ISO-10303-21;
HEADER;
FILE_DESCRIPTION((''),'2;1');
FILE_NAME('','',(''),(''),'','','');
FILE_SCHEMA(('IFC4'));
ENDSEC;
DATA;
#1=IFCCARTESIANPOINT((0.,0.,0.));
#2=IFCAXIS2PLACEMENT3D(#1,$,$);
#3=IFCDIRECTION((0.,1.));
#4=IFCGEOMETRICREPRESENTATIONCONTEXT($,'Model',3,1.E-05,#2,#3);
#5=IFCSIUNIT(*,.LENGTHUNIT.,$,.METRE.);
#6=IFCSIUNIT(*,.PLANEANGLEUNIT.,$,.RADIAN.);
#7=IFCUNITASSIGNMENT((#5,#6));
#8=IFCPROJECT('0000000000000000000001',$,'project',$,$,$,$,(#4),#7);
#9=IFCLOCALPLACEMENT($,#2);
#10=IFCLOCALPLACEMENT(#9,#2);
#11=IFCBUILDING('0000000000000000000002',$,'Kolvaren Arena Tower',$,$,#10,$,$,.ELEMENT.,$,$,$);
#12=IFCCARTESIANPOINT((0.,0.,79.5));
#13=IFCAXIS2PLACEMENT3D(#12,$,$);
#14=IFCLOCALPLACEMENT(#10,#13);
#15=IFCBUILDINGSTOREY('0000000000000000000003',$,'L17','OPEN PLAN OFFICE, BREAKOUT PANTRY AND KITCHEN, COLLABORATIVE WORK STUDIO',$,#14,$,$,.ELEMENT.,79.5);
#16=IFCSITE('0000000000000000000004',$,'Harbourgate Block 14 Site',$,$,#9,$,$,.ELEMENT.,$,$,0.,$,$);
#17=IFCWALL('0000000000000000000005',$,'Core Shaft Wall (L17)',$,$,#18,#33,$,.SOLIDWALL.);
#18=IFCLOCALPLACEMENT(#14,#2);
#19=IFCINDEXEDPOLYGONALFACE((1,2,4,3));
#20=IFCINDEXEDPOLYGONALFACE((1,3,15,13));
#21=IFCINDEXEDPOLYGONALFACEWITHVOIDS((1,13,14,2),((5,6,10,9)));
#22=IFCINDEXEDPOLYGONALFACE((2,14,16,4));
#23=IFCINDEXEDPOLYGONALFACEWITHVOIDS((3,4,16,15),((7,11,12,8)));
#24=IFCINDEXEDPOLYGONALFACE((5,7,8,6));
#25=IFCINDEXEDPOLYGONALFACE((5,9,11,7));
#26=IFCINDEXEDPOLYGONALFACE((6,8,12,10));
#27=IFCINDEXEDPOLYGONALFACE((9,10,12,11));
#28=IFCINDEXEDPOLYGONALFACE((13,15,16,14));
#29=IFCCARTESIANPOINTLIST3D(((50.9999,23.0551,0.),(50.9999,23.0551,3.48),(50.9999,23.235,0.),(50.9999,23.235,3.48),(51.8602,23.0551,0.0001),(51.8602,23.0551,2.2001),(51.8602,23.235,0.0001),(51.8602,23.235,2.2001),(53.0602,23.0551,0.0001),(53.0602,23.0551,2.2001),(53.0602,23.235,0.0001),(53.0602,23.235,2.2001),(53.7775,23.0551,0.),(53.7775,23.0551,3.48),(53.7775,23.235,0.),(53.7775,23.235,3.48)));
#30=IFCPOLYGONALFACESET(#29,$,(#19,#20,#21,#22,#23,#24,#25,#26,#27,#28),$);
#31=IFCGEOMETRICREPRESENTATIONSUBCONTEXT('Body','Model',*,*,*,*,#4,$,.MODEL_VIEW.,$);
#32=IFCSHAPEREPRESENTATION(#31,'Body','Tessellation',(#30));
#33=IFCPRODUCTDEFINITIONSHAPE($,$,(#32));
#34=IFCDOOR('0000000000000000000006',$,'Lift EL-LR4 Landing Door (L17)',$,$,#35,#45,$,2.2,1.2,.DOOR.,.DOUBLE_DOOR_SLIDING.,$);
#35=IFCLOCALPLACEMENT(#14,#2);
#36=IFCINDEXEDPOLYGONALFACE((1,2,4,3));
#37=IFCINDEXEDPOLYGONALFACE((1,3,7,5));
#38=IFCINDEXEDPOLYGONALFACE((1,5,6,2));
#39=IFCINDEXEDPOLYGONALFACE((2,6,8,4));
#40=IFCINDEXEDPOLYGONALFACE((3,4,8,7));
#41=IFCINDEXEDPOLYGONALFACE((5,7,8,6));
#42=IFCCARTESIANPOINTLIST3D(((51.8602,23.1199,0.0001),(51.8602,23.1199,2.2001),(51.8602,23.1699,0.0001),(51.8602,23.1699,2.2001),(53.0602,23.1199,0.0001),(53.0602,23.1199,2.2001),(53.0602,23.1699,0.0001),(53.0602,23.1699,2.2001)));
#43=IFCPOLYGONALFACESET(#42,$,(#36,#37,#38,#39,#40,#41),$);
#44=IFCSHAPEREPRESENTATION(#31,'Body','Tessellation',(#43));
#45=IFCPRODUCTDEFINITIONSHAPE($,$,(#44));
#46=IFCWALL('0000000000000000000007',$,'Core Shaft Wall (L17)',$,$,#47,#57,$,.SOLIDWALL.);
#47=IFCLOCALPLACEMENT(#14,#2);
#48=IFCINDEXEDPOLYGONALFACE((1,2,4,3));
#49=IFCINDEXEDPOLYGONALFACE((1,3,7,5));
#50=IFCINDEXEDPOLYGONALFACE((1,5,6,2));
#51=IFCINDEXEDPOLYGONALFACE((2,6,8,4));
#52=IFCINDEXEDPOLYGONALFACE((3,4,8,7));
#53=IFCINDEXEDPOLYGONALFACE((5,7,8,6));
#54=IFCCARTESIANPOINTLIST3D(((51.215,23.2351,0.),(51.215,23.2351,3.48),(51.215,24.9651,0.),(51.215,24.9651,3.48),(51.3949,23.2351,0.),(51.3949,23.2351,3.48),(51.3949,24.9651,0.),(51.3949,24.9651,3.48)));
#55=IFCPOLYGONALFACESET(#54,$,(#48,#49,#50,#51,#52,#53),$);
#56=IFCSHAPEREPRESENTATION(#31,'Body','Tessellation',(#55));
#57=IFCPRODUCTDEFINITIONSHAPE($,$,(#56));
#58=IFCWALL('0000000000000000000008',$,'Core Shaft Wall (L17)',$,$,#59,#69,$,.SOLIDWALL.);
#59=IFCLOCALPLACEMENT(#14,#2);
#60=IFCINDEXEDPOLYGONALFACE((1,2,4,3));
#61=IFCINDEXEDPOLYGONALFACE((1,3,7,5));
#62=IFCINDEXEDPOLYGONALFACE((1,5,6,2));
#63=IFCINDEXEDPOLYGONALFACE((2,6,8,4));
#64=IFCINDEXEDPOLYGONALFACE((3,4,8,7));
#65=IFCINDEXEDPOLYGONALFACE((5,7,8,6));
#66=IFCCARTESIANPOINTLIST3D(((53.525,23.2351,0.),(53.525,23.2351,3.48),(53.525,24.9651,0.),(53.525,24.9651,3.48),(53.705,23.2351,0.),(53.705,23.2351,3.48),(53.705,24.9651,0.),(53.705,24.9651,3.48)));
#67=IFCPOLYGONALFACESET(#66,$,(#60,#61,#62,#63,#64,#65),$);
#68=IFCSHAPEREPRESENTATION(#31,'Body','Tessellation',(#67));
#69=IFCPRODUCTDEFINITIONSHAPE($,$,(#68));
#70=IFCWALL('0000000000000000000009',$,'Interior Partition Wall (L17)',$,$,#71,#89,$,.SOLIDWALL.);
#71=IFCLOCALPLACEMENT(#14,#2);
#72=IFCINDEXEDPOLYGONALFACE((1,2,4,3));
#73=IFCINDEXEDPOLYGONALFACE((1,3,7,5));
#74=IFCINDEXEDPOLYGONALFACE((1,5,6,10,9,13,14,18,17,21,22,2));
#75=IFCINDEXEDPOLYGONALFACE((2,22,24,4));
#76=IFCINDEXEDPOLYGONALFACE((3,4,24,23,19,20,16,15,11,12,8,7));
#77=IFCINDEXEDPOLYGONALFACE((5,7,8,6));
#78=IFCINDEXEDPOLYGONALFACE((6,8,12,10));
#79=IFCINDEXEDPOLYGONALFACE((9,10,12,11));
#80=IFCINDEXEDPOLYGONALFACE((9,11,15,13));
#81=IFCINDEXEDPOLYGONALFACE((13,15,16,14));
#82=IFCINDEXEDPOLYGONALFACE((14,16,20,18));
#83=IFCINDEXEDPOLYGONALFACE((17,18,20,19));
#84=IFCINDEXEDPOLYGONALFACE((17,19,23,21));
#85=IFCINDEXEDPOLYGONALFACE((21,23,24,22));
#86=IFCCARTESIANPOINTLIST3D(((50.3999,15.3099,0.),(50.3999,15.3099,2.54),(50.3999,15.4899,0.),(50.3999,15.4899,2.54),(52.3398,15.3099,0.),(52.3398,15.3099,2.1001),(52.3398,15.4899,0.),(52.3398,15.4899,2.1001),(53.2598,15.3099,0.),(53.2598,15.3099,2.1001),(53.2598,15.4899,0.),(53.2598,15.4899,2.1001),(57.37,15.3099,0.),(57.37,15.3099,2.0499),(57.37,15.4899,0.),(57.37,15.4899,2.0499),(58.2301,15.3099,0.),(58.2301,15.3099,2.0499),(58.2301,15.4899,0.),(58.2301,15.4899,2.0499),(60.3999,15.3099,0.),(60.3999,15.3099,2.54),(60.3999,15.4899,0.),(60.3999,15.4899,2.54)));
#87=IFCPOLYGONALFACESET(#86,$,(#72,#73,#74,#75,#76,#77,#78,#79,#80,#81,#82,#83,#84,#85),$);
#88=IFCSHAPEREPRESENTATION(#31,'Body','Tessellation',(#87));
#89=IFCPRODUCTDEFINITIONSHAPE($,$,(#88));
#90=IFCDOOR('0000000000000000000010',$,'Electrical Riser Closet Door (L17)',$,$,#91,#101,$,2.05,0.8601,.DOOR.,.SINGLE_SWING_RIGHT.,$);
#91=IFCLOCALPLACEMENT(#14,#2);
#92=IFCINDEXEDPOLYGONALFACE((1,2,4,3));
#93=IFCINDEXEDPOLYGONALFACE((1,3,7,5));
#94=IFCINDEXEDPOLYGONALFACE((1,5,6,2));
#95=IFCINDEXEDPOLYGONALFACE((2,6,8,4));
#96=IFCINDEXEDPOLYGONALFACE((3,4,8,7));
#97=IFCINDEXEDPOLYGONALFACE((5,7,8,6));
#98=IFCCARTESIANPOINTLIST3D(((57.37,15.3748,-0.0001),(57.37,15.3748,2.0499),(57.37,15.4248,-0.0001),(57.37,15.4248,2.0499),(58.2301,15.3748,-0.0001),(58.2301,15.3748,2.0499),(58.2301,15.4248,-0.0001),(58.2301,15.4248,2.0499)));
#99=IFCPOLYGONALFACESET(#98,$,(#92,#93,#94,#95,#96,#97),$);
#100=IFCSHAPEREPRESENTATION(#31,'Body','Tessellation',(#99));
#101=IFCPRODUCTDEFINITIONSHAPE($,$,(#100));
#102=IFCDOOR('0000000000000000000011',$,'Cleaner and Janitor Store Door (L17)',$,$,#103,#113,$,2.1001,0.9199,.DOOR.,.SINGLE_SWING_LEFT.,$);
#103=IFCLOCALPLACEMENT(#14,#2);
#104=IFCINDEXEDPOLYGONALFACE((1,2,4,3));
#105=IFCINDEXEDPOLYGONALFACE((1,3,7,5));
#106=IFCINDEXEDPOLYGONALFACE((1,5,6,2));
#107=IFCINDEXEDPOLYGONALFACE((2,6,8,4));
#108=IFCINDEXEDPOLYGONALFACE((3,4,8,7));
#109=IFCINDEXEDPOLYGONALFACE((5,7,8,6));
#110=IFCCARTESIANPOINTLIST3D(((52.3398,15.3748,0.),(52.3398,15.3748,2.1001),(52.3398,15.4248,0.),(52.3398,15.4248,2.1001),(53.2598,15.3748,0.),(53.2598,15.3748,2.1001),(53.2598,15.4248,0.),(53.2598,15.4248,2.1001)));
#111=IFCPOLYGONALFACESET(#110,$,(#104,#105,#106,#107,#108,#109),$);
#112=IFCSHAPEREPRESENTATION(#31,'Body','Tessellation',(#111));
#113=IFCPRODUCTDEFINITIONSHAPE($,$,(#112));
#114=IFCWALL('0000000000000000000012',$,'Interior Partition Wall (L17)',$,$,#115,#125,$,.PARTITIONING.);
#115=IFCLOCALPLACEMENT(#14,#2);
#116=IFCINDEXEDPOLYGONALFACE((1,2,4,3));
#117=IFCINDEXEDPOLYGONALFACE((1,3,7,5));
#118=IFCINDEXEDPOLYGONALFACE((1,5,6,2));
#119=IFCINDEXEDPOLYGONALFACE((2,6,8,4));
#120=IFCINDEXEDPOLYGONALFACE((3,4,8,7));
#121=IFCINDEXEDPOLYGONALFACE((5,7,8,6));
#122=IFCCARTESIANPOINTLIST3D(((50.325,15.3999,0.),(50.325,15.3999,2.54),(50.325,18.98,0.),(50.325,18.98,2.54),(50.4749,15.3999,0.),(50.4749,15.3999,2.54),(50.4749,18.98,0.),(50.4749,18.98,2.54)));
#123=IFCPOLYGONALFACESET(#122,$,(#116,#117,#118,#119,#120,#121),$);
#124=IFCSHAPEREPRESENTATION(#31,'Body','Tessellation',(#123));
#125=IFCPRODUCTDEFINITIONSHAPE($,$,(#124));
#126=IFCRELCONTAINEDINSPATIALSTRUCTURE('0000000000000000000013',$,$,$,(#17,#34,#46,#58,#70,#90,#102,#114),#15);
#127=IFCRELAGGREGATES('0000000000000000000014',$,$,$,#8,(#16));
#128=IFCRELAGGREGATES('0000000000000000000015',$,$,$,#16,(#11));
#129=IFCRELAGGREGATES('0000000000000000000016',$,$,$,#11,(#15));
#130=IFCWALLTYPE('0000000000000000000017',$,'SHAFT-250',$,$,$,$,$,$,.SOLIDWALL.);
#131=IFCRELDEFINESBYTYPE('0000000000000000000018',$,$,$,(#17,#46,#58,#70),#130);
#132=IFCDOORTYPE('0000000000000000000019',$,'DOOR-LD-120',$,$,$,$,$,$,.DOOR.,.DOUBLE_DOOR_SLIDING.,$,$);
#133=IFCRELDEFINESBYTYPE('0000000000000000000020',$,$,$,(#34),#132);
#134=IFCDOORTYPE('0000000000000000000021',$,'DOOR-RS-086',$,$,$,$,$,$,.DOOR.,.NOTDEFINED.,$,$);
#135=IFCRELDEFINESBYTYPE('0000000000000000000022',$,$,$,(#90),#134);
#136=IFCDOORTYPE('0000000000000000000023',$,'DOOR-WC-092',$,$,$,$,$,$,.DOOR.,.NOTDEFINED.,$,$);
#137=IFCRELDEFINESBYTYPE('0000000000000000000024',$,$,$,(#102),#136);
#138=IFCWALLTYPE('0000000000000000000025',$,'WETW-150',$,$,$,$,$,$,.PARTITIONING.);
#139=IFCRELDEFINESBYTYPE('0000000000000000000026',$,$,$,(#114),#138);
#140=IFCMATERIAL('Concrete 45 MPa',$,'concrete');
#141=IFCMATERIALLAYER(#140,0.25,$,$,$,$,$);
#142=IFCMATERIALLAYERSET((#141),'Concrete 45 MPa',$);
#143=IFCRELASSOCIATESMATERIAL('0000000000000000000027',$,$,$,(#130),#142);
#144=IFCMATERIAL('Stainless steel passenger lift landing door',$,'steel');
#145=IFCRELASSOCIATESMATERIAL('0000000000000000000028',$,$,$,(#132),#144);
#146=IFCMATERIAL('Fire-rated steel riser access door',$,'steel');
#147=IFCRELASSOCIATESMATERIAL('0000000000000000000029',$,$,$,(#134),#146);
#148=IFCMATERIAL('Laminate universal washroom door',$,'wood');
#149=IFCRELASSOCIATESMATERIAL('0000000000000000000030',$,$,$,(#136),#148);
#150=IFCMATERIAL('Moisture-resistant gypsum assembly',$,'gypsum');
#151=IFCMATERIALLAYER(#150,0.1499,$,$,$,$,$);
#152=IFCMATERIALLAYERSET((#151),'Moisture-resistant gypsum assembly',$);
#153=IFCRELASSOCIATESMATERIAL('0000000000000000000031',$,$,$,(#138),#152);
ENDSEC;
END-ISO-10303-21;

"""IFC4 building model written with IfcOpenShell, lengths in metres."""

from ifc_helpers import new_model, si_unit, direction, frame, frame_2d, origin, place, context, subcontext, project, spatial, rectangle, extrude, material, layer, layer_set, type_object, element, fill, save


model = new_model("IFC4")

# Units and contexts
model_context = context("Model", 3, precision=1e-05, world=origin(), true_north=direction((0.0, 1.0)))
body_context = subcontext(model_context, "Body", "Model", "MODEL_VIEW")
ifc_project = project(units=[si_unit("LENGTHUNIT", "METRE"), si_unit("PLANEANGLEUNIT", "RADIAN")], contexts=[model_context])

# Site, building, storey
site_placement = place(None, origin())
site = spatial("IfcSite", under=ifc_project, at=site_placement, Name="Harbourgate Block 14 Site", CompositionType="ELEMENT", RefElevation=0.0)
building_placement = place(site_placement, origin())
building = spatial("IfcBuilding", under=site, at=building_placement, Name="Kolvaren Arena Tower", CompositionType="ELEMENT")
storey_placement = place(building_placement, frame((0.0, 0.0, 79.5)))
storey = spatial("IfcBuildingStorey", under=building, at=storey_placement, Name="L17", Description="OPEN PLAN OFFICE, BREAKOUT PANTRY AND KITCHEN, COLLABORATIVE WORK STUDIO", CompositionType="ELEMENT", Elevation=79.5)

# Shared definitions
ifc_material_1 = material(Name="Concrete 45 MPa", Category="concrete")
ifc_layer_1 = layer(ifc_material_1, 0.25)
ifc_layer_set_1 = layer_set([ifc_layer_1], Name="Concrete 45 MPa")
wall_type_1 = type_object("IfcWallType", Name="SHAFT-250", PredefinedType="SOLIDWALL", material=ifc_layer_set_1)
ifc_material_2 = material(Name="Stainless steel passenger lift landing door", Category="steel")
door_type_1 = type_object("IfcDoorType", Name="DOOR-LD-120", OperationType="DOUBLE_DOOR_SLIDING", PredefinedType="DOOR", material=ifc_material_2)

# Wall, opening, door
wall_1_placement = place(storey_placement, frame((51.0, 23.145, 0.0), z_axis=(0.0, 0.0, 1.0), x_axis=(1.0, 0.0, 0.0)))
wall_1 = element("IfcWall", 1, at=wall_1_placement, inside=storey, type_object=wall_type_1, Name="Core Shaft Wall (L17)", PredefinedType="SOLIDWALL", context=body_context, shape_type="SweptSolid", body=[
    extrude(rectangle(XDim=2.7776, YDim=0.1799, at=frame_2d((1.3887, 0.0))), origin(), (0.0, 0.0, 1.0), 3.48),
])
opening_1_placement = place(wall_1_placement, frame((0.8601, 0.0, 0.0)))
opening_1 = element("IfcOpeningElement", 2, at=opening_1_placement, cuts=wall_1, PredefinedType="OPENING", context=body_context, shape_type="SweptSolid", body=[
    extrude(rectangle(XDim=1.2, YDim=2.2, at=frame_2d((0.6001, 1.1001))), frame((0.0, 0.0999, 0.0), z_axis=(0.0, -1.0, 0.0), x_axis=(1.0, 0.0, 0.0)), (0.0, 0.0, 1.0), 0.2),
])
door_1_placement = place(opening_1_placement, origin())
door_1 = element("IfcDoor", 3, at=door_1_placement, inside=storey, type_object=door_type_1, Name="Lift EL-LR4 Landing Door (L17)", OperationType="DOUBLE_DOOR_SLIDING", OverallHeight=2.2, OverallWidth=1.2, PredefinedType="DOOR", context=body_context, shape_type="SweptSolid", body=[
    extrude(rectangle(XDim=1.2, YDim=2.2, at=frame_2d((0.6001, 1.1001))), frame((0.0, 0.0249, 0.0), z_axis=(0.0, -1.0, 0.0), x_axis=(1.0, 0.0, 0.0)), (0.0, 0.0, 1.0), 0.05),
])
fill(opening_1, door_1)

# Walls
for number, where, z_axis, x_axis, name in (
    (4, (51.3049, 23.2351, 0.0), (0.0, 0.0, 1.0), (0.0, 1.0, 0.0), "Core Shaft Wall (L17)"),
    (5, (53.615, 23.2351, 0.0), (0.0, 0.0, 1.0), (0.0, 1.0, 0.0), "Core Shaft Wall (L17)"),
):
    element("IfcWall", number, at=place(storey_placement, frame(where, z_axis=z_axis, x_axis=x_axis)), inside=storey, type_object=wall_type_1, Name=name, PredefinedType="SOLIDWALL", context=body_context, shape_type="SweptSolid", body=[
        extrude(rectangle(XDim=1.73, YDim=0.1799, at=frame_2d((0.865, 0.0))), origin(), (0.0, 0.0, 1.0), 3.48),
    ])

# Wall, openings, doors
wall_2_placement = place(storey_placement, frame((50.3999, 15.3999, 0.0), z_axis=(0.0, 0.0, 1.0), x_axis=(1.0, 0.0, 0.0)))
wall_2 = element("IfcWall", 6, at=wall_2_placement, inside=storey, type_object=wall_type_1, Name="Interior Partition Wall (L17)", PredefinedType="SOLIDWALL", context=body_context, shape_type="SweptSolid", body=[
    extrude(rectangle(XDim=10.0, YDim=0.1799, at=frame_2d((5.0, 0.0))), origin(), (0.0, 0.0, 1.0), 2.54),
])
opening_2_placement = place(wall_2_placement, frame((1.9399, 0.0, 0.0)))
opening_2 = element("IfcOpeningElement", 7, at=opening_2_placement, cuts=wall_2, PredefinedType="OPENING", context=body_context, shape_type="SweptSolid", body=[
    extrude(rectangle(XDim=0.9199, YDim=2.1001, at=frame_2d((0.46, 1.05))), frame((0.0, 0.0999, 0.0), z_axis=(0.0, -1.0, 0.0), x_axis=(1.0, 0.0, 0.0)), (0.0, 0.0, 1.0), 0.2),
])
opening_3_placement = place(wall_2_placement, frame((6.97, 0.0, 0.0)))
opening_3 = element("IfcOpeningElement", 8, at=opening_3_placement, cuts=wall_2, PredefinedType="OPENING", context=body_context, shape_type="SweptSolid", body=[
    extrude(rectangle(XDim=0.8601, YDim=2.05, at=frame_2d((0.4302, 1.0249))), frame((0.0, 0.0999, 0.0), z_axis=(0.0, -1.0, 0.0), x_axis=(1.0, 0.0, 0.0)), (0.0, 0.0, 1.0), 0.2),
])
ifc_material_3 = material(Name="Fire-rated steel riser access door", Category="steel")
door_type_2 = type_object("IfcDoorType", Name="DOOR-RS-086", OperationType="NOTDEFINED", PredefinedType="DOOR", material=ifc_material_3)
door_2_placement = place(opening_3_placement, origin())
door_2 = element("IfcDoor", 9, at=door_2_placement, inside=storey, type_object=door_type_2, Name="Electrical Riser Closet Door (L17)", OperationType="SINGLE_SWING_RIGHT", OverallHeight=2.05, OverallWidth=0.8601, PredefinedType="DOOR", context=body_context, shape_type="SweptSolid", body=[
    extrude(rectangle(XDim=0.8601, YDim=2.05, at=frame_2d((0.4302, 1.0249))), frame((0.0, 0.0249, 0.0), z_axis=(0.0, -1.0, 0.0), x_axis=(1.0, 0.0, 0.0)), (0.0, 0.0, 1.0), 0.05),
])
fill(opening_3, door_2)
ifc_material_4 = material(Name="Laminate universal washroom door", Category="wood")
door_type_3 = type_object("IfcDoorType", Name="DOOR-WC-092", OperationType="NOTDEFINED", PredefinedType="DOOR", material=ifc_material_4)
door_3_placement = place(opening_2_placement, origin())
door_3 = element("IfcDoor", 10, at=door_3_placement, inside=storey, type_object=door_type_3, Name="Cleaner and Janitor Store Door (L17)", OperationType="SINGLE_SWING_LEFT", OverallHeight=2.1001, OverallWidth=0.9199, PredefinedType="DOOR", context=body_context, shape_type="SweptSolid", body=[
    extrude(rectangle(XDim=0.9199, YDim=2.1001, at=frame_2d((0.46, 1.05))), frame((0.0, 0.0249, 0.0), z_axis=(0.0, -1.0, 0.0), x_axis=(1.0, 0.0, 0.0)), (0.0, 0.0, 1.0), 0.05),
])
fill(opening_2, door_3)

# Wall
ifc_material_5 = material(Name="Moisture-resistant gypsum assembly", Category="gypsum")
ifc_layer_2 = layer(ifc_material_5, 0.1499)
ifc_layer_set_2 = layer_set([ifc_layer_2], Name="Moisture-resistant gypsum assembly")
wall_type_2 = type_object("IfcWallType", Name="WETW-150", PredefinedType="PARTITIONING", material=ifc_layer_set_2)
wall_3_placement = place(storey_placement, frame((50.3999, 15.3999, 0.0), z_axis=(0.0, 0.0, 1.0), x_axis=(0.0, 1.0, 0.0)))
element("IfcWall", 11, at=wall_3_placement, inside=storey, type_object=wall_type_2, Name="Interior Partition Wall (L17)", PredefinedType="PARTITIONING", context=body_context, shape_type="SweptSolid", body=[
    extrude(rectangle(XDim=3.5801, YDim=0.1499, at=frame_2d((1.79, 0.0))), origin(), (0.0, 0.0, 1.0), 2.54),
])

save(model, "model.ifc")
